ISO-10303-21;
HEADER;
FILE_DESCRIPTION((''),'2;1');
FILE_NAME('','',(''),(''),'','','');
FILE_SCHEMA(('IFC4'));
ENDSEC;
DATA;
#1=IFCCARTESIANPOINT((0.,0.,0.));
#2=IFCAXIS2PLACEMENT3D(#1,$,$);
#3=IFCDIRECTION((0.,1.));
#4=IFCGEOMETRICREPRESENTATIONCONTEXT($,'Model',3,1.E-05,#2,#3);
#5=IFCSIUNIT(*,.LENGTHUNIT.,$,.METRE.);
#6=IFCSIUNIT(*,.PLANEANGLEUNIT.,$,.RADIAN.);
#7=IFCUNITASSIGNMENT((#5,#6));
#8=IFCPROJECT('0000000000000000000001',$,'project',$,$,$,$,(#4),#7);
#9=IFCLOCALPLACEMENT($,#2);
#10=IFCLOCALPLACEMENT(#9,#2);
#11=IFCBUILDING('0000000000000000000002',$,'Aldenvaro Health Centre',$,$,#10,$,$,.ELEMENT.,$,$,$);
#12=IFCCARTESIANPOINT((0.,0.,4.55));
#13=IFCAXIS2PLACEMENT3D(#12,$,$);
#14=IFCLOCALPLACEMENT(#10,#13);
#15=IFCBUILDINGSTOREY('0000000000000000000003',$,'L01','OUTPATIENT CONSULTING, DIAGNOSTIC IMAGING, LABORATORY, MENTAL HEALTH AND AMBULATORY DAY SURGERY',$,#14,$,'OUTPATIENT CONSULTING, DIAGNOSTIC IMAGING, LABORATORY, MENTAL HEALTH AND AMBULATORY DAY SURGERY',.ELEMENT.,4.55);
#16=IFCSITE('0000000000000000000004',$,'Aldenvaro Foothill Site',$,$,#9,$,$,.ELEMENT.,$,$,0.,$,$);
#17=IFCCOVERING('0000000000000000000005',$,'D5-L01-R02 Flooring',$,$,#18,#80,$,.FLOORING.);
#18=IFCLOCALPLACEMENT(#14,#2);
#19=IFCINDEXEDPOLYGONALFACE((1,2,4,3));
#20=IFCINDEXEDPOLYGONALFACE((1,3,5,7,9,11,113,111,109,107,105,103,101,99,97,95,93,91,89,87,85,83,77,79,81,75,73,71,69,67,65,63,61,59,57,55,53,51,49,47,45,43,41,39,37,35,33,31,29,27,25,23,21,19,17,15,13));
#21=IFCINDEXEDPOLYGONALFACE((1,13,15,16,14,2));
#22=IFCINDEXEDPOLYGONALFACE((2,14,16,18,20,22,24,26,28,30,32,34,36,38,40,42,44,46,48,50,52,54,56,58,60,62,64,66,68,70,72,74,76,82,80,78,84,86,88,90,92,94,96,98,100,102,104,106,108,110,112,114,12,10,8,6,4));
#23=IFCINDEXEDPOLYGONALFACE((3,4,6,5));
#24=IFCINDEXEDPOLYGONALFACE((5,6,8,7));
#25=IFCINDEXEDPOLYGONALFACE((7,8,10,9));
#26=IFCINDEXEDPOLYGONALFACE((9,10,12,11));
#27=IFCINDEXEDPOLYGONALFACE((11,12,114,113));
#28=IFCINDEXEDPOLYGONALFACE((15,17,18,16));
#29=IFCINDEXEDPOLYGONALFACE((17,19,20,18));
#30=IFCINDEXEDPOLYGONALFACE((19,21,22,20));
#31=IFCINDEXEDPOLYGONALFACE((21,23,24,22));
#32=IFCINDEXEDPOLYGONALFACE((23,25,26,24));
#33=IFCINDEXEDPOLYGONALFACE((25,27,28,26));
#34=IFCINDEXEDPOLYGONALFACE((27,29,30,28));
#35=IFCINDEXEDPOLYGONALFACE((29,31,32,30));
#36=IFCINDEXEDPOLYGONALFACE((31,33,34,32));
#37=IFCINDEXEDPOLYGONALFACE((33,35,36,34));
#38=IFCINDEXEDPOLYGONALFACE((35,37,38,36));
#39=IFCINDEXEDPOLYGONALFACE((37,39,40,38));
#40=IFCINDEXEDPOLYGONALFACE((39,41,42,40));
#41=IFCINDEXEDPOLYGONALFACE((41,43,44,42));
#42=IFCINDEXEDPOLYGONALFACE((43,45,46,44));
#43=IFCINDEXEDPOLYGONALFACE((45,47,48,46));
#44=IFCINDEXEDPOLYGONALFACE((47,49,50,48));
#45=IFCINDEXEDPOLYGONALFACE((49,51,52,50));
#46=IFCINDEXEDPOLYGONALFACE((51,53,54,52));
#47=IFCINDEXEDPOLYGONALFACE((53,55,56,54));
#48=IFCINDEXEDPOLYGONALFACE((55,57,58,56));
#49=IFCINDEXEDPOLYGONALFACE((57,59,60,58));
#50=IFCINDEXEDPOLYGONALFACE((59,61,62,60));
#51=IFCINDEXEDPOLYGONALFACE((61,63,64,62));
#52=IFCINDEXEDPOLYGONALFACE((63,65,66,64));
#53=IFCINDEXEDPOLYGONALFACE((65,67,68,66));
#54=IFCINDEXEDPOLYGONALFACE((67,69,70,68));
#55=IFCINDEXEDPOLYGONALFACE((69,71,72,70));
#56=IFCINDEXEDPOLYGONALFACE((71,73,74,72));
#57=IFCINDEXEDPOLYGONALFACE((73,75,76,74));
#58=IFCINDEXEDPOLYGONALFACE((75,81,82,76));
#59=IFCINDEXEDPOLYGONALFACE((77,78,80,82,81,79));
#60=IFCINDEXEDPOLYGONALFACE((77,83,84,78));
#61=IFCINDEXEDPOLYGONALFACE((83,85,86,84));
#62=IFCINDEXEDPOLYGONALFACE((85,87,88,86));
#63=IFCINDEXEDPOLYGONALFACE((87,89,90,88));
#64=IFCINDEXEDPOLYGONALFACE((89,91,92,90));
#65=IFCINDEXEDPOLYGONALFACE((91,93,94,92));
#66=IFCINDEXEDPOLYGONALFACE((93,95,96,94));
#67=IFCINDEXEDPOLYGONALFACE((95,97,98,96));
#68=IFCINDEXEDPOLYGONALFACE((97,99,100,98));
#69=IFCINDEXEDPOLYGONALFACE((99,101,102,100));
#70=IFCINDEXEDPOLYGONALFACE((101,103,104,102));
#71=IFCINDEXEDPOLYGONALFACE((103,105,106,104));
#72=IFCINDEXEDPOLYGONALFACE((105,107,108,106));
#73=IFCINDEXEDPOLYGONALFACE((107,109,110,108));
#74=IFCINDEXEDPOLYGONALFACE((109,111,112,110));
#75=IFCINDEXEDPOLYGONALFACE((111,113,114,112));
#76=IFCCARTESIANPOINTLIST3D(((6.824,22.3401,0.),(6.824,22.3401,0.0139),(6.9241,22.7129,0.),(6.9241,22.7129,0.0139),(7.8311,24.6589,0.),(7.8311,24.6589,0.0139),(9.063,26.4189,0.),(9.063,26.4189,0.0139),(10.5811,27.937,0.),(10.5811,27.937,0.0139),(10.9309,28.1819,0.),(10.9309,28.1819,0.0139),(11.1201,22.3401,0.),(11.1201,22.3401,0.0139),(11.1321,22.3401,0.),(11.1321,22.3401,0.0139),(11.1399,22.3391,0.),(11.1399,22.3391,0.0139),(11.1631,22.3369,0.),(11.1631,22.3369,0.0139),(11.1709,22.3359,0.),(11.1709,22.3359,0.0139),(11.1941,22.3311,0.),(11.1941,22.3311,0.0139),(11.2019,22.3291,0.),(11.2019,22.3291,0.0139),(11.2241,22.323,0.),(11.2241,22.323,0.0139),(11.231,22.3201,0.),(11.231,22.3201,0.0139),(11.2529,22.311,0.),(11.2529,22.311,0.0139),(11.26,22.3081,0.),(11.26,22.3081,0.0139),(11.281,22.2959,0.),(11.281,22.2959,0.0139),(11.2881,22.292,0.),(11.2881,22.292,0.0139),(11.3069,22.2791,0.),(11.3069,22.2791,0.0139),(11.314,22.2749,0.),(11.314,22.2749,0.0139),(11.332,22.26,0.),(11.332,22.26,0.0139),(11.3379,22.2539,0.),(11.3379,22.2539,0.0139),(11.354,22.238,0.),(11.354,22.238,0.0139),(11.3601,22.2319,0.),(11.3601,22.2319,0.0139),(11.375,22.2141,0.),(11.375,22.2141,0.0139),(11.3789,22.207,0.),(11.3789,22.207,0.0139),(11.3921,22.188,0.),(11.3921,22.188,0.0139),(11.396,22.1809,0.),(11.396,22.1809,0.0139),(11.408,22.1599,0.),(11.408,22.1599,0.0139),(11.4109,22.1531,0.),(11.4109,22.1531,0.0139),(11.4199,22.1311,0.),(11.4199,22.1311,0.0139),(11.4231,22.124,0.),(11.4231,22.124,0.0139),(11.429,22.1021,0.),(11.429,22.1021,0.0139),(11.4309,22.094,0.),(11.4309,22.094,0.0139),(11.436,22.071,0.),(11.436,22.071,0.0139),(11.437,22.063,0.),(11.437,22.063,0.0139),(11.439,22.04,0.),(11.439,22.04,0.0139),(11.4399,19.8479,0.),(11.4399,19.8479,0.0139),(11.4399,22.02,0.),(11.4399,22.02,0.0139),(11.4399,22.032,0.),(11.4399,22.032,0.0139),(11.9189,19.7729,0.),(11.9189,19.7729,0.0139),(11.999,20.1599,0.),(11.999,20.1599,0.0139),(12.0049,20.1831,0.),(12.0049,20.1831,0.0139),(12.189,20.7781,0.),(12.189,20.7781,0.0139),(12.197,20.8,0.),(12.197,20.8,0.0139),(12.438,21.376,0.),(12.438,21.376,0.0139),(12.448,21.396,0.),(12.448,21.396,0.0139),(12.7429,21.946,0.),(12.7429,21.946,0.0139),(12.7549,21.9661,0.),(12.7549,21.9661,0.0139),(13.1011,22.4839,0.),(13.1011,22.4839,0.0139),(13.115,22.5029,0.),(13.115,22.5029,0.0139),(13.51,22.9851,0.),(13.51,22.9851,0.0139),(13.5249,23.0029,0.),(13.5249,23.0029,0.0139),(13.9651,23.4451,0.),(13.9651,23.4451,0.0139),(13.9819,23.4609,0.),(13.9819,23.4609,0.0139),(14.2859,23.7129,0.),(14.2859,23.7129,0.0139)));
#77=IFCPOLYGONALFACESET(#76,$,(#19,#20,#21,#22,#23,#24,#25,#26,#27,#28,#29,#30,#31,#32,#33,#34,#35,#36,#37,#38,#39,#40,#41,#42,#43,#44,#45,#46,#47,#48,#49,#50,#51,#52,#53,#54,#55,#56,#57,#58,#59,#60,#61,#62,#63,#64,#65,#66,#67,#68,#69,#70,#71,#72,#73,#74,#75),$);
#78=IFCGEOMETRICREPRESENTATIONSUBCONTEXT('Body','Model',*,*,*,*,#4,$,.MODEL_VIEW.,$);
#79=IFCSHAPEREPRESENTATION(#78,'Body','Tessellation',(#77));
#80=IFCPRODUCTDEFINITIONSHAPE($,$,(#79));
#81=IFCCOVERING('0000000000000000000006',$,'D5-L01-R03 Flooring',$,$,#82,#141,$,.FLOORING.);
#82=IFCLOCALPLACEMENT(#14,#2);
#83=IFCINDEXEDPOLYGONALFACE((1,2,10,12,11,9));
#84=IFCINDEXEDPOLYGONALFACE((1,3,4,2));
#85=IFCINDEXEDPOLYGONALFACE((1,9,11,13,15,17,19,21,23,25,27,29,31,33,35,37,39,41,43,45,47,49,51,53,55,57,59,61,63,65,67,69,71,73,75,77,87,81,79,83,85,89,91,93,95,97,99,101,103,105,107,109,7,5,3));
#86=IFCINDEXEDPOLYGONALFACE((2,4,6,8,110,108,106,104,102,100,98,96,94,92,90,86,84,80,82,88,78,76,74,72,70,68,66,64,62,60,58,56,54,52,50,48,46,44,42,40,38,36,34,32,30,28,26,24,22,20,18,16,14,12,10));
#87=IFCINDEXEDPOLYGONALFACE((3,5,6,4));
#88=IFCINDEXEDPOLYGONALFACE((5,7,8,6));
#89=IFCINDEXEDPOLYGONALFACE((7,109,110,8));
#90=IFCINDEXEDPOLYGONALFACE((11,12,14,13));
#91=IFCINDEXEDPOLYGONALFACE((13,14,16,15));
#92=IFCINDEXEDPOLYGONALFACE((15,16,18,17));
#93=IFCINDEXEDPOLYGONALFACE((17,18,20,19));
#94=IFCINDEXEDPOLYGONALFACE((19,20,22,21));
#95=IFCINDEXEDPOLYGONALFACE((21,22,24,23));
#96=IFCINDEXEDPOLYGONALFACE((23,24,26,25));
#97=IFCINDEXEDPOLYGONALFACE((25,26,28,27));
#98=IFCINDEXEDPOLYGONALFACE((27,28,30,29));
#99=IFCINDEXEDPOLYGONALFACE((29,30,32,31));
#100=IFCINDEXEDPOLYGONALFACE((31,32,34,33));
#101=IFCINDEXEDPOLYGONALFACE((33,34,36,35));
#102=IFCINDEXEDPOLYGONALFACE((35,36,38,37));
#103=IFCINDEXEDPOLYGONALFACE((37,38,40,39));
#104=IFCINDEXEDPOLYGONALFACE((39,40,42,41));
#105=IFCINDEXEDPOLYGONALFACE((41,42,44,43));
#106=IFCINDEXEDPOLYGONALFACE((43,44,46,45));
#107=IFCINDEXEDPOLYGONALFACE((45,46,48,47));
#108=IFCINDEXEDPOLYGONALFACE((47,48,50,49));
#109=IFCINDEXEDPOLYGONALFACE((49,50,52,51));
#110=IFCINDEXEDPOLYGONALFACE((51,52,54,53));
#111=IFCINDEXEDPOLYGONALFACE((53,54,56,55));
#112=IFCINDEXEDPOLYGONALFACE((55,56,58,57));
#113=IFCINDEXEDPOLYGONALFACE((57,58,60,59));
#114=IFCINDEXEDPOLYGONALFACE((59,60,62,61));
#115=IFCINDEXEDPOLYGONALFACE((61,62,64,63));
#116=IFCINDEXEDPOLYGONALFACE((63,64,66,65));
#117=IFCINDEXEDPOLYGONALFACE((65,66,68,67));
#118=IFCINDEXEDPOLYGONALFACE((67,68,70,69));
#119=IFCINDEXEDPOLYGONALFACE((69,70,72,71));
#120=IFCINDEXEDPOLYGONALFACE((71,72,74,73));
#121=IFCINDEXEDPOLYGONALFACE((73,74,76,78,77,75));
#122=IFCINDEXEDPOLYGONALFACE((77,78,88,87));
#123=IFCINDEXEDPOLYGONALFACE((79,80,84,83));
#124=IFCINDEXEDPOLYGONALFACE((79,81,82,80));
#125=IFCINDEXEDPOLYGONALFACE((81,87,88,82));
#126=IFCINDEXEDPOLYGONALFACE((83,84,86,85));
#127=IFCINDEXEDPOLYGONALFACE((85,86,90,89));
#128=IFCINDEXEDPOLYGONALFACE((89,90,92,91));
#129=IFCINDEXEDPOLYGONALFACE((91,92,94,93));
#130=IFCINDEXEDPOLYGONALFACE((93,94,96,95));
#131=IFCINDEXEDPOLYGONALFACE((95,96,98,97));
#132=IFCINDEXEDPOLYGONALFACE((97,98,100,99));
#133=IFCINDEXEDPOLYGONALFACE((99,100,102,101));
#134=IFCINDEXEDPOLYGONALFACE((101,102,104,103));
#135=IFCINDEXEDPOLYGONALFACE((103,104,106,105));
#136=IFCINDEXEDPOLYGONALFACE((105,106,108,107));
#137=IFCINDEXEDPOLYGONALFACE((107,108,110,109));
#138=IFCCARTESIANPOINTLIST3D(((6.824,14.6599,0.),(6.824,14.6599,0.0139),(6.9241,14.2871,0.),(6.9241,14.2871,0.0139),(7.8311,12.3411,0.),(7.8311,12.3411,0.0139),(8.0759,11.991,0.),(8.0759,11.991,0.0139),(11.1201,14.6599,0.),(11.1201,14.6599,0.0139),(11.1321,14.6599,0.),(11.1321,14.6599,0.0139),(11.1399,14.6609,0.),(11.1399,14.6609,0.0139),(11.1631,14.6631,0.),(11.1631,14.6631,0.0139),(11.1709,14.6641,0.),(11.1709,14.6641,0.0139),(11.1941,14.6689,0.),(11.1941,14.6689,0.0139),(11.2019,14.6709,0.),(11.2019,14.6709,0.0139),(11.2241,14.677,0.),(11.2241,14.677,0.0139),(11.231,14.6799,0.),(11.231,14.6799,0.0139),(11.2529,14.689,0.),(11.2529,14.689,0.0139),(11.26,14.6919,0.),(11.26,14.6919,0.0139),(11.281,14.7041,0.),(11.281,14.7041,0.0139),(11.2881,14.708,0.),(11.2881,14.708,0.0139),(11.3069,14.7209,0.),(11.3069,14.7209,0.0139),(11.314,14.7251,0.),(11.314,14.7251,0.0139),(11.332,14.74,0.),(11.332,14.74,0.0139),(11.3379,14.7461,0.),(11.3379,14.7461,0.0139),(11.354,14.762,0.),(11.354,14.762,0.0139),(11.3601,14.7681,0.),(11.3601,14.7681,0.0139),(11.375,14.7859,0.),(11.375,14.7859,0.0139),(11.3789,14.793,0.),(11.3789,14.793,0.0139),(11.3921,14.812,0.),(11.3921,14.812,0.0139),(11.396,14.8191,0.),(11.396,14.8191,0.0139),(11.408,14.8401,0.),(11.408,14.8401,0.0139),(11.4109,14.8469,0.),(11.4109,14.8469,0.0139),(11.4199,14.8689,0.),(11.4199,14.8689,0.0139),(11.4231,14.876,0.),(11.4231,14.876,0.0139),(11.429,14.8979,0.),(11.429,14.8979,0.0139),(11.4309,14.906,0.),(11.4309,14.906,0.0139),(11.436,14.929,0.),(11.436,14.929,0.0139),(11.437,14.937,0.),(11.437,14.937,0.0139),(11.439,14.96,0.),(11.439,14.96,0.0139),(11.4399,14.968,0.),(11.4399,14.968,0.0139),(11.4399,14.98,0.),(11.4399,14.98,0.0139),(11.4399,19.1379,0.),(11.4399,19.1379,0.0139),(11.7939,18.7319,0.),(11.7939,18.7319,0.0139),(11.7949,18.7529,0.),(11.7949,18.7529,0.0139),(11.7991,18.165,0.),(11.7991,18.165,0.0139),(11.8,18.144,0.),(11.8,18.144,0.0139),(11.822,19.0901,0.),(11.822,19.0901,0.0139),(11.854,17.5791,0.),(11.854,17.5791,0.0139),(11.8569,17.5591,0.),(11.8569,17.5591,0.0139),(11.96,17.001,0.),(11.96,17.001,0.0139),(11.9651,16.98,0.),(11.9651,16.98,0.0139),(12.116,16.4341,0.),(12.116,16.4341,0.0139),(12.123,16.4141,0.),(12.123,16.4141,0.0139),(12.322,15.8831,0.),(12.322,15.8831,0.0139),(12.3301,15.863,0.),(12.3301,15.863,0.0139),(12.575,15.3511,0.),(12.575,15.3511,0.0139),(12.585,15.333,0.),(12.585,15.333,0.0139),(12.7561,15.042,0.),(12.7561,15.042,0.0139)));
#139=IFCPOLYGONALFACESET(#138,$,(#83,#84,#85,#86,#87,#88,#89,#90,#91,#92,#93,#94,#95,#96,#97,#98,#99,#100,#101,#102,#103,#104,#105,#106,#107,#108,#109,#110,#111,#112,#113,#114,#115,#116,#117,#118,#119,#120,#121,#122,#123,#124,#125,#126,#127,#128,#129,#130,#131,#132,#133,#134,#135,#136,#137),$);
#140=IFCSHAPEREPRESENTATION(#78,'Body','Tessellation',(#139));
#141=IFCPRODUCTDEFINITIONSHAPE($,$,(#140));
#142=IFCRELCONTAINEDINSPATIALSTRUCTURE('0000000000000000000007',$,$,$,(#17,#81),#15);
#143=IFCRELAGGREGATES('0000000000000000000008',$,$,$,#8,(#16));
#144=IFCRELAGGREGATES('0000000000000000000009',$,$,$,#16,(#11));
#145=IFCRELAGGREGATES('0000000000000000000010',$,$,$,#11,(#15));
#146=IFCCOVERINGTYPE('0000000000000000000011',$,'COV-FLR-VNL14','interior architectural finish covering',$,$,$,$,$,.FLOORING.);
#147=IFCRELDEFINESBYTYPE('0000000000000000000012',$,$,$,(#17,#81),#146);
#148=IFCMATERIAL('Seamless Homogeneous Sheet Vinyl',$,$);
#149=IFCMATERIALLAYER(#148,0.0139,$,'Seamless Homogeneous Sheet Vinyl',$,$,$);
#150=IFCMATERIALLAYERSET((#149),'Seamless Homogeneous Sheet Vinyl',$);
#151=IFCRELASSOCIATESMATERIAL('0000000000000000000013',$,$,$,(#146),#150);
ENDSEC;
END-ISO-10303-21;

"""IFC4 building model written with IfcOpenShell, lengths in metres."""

from ifc_helpers import new_model, si_unit, direction, frame, origin, place, context, subcontext, project, spatial, polyline, outline, extrude, material, layer, layer_set, type_object, element, save


model = new_model("IFC4")

# Units and contexts
model_context = context("Model", 3, precision=1e-05, world=origin(), true_north=direction((0.0, 1.0)))
body_context = subcontext(model_context, "Body", "Model", "MODEL_VIEW")
ifc_project = project(units=[si_unit("LENGTHUNIT", "METRE"), si_unit("PLANEANGLEUNIT", "RADIAN")], contexts=[model_context])

# Site, building, storey
site_placement = place(None, origin())
site = spatial("IfcSite", under=ifc_project, at=site_placement, Name="Aldenvaro Foothill Site", CompositionType="ELEMENT", RefElevation=0.0)
building_placement = place(site_placement, origin())
building = spatial("IfcBuilding", under=site, at=building_placement, Name="Aldenvaro Health Centre", CompositionType="ELEMENT")
storey_placement = place(building_placement, frame((0.0, 0.0, 4.55)))
storey = spatial("IfcBuildingStorey", under=building, at=storey_placement, Name="L01", Description="OUTPATIENT CONSULTING, DIAGNOSTIC IMAGING, LABORATORY, MENTAL HEALTH AND AMBULATORY DAY SURGERY", LongName="OUTPATIENT CONSULTING, DIAGNOSTIC IMAGING, LABORATORY, MENTAL HEALTH AND AMBULATORY DAY SURGERY", CompositionType="ELEMENT", Elevation=4.55)

# Coverings
ifc_material_1 = material(Name="Seamless Homogeneous Sheet Vinyl")
ifc_layer_1 = layer(ifc_material_1, 0.0139, Name="Seamless Homogeneous Sheet Vinyl")
ifc_layer_set_1 = layer_set([ifc_layer_1], Name="Seamless Homogeneous Sheet Vinyl")
covering_type_1 = type_object("IfcCoveringType", Name="COV-FLR-VNL14", Description="interior architectural finish covering", PredefinedType="FLOORING", material=ifc_layer_set_1)
covering_1_placement = place(storey_placement, origin())
element("IfcCovering", 1, at=covering_1_placement, inside=storey, type_object=covering_type_1, Name="D5-L01-R02 Flooring", PredefinedType="FLOORING", context=body_context, shape_type="SweptSolid", body=[
    extrude(outline(polyline([(13.9819, 23.4609), (13.9651, 23.4451), (13.5249, 23.0029), (13.51, 22.9851), (13.115, 22.5029), (13.1011, 22.4839), (12.7549, 21.9661), (12.7429, 21.946), (12.448, 21.396), (12.438, 21.376), (12.197, 20.8), (12.189, 20.7781), (12.0049, 20.1831), (11.999, 20.1599), (11.9189, 19.7729), (11.4399, 19.8479), (11.4399, 22.02), (11.4399, 22.032), (11.439, 22.04), (11.437, 22.063), (11.436, 22.071), (11.4309, 22.094), (11.429, 22.1021), (11.4231, 22.124), (11.4199, 22.1311), (11.4109, 22.1531), (11.408, 22.1599), (11.396, 22.1809), (11.3921, 22.188), (11.3789, 22.207), (11.375, 22.2141), (11.3601, 22.2319), (11.354, 22.238), (11.3379, 22.2539), (11.332, 22.26), (11.314, 22.2749), (11.3069, 22.2791), (11.2881, 22.292), (11.281, 22.2959), (11.26, 22.3081), (11.2529, 22.311), (11.231, 22.3201), (11.2241, 22.323), (11.2019, 22.3291), (11.1941, 22.3311), (11.1709, 22.3359), (11.1631, 22.3369), (11.1399, 22.3391), (11.1321, 22.3401), (11.1201, 22.3401), (6.824, 22.3401), (6.9241, 22.7129), (7.8311, 24.6589), (9.063, 26.4189), (10.5811, 27.937), (10.9309, 28.1819), (14.2859, 23.7129), (13.9819, 23.4609)])), origin(), (0.0, 0.0, 1.0), 0.0139),
])
covering_2_placement = place(storey_placement, origin())
element("IfcCovering", 2, at=covering_2_placement, inside=storey, type_object=covering_type_1, Name="D5-L01-R03 Flooring", PredefinedType="FLOORING", context=body_context, shape_type="SweptSolid", body=[
    extrude(outline(polyline([(11.7949, 18.7529), (11.7939, 18.7319), (11.7991, 18.165), (11.8, 18.144), (11.854, 17.5791), (11.8569, 17.5591), (11.96, 17.001), (11.9651, 16.98), (12.116, 16.4341), (12.123, 16.4141), (12.322, 15.8831), (12.3301, 15.863), (12.575, 15.3511), (12.585, 15.333), (12.7561, 15.042), (8.0759, 11.991), (7.8311, 12.3411), (6.9241, 14.2871), (6.824, 14.6599), (11.1201, 14.6599), (11.1321, 14.6599), (11.1399, 14.6609), (11.1631, 14.6631), (11.1709, 14.6641), (11.1941, 14.6689), (11.2019, 14.6709), (11.2241, 14.677), (11.231, 14.6799), (11.2529, 14.689), (11.26, 14.6919), (11.281, 14.7041), (11.2881, 14.708), (11.3069, 14.7209), (11.314, 14.7251), (11.332, 14.74), (11.3379, 14.7461), (11.354, 14.762), (11.3601, 14.7681), (11.375, 14.7859), (11.3789, 14.793), (11.3921, 14.812), (11.396, 14.8191), (11.408, 14.8401), (11.4109, 14.8469), (11.4199, 14.8689), (11.4231, 14.876), (11.429, 14.8979), (11.4309, 14.906), (11.436, 14.929), (11.437, 14.937), (11.439, 14.96), (11.4399, 14.968), (11.4399, 14.98), (11.4399, 19.1379), (11.822, 19.0901), (11.7949, 18.7529)])), origin(), (0.0, 0.0, 1.0), 0.0139),
])

save(model, "model.ifc")
